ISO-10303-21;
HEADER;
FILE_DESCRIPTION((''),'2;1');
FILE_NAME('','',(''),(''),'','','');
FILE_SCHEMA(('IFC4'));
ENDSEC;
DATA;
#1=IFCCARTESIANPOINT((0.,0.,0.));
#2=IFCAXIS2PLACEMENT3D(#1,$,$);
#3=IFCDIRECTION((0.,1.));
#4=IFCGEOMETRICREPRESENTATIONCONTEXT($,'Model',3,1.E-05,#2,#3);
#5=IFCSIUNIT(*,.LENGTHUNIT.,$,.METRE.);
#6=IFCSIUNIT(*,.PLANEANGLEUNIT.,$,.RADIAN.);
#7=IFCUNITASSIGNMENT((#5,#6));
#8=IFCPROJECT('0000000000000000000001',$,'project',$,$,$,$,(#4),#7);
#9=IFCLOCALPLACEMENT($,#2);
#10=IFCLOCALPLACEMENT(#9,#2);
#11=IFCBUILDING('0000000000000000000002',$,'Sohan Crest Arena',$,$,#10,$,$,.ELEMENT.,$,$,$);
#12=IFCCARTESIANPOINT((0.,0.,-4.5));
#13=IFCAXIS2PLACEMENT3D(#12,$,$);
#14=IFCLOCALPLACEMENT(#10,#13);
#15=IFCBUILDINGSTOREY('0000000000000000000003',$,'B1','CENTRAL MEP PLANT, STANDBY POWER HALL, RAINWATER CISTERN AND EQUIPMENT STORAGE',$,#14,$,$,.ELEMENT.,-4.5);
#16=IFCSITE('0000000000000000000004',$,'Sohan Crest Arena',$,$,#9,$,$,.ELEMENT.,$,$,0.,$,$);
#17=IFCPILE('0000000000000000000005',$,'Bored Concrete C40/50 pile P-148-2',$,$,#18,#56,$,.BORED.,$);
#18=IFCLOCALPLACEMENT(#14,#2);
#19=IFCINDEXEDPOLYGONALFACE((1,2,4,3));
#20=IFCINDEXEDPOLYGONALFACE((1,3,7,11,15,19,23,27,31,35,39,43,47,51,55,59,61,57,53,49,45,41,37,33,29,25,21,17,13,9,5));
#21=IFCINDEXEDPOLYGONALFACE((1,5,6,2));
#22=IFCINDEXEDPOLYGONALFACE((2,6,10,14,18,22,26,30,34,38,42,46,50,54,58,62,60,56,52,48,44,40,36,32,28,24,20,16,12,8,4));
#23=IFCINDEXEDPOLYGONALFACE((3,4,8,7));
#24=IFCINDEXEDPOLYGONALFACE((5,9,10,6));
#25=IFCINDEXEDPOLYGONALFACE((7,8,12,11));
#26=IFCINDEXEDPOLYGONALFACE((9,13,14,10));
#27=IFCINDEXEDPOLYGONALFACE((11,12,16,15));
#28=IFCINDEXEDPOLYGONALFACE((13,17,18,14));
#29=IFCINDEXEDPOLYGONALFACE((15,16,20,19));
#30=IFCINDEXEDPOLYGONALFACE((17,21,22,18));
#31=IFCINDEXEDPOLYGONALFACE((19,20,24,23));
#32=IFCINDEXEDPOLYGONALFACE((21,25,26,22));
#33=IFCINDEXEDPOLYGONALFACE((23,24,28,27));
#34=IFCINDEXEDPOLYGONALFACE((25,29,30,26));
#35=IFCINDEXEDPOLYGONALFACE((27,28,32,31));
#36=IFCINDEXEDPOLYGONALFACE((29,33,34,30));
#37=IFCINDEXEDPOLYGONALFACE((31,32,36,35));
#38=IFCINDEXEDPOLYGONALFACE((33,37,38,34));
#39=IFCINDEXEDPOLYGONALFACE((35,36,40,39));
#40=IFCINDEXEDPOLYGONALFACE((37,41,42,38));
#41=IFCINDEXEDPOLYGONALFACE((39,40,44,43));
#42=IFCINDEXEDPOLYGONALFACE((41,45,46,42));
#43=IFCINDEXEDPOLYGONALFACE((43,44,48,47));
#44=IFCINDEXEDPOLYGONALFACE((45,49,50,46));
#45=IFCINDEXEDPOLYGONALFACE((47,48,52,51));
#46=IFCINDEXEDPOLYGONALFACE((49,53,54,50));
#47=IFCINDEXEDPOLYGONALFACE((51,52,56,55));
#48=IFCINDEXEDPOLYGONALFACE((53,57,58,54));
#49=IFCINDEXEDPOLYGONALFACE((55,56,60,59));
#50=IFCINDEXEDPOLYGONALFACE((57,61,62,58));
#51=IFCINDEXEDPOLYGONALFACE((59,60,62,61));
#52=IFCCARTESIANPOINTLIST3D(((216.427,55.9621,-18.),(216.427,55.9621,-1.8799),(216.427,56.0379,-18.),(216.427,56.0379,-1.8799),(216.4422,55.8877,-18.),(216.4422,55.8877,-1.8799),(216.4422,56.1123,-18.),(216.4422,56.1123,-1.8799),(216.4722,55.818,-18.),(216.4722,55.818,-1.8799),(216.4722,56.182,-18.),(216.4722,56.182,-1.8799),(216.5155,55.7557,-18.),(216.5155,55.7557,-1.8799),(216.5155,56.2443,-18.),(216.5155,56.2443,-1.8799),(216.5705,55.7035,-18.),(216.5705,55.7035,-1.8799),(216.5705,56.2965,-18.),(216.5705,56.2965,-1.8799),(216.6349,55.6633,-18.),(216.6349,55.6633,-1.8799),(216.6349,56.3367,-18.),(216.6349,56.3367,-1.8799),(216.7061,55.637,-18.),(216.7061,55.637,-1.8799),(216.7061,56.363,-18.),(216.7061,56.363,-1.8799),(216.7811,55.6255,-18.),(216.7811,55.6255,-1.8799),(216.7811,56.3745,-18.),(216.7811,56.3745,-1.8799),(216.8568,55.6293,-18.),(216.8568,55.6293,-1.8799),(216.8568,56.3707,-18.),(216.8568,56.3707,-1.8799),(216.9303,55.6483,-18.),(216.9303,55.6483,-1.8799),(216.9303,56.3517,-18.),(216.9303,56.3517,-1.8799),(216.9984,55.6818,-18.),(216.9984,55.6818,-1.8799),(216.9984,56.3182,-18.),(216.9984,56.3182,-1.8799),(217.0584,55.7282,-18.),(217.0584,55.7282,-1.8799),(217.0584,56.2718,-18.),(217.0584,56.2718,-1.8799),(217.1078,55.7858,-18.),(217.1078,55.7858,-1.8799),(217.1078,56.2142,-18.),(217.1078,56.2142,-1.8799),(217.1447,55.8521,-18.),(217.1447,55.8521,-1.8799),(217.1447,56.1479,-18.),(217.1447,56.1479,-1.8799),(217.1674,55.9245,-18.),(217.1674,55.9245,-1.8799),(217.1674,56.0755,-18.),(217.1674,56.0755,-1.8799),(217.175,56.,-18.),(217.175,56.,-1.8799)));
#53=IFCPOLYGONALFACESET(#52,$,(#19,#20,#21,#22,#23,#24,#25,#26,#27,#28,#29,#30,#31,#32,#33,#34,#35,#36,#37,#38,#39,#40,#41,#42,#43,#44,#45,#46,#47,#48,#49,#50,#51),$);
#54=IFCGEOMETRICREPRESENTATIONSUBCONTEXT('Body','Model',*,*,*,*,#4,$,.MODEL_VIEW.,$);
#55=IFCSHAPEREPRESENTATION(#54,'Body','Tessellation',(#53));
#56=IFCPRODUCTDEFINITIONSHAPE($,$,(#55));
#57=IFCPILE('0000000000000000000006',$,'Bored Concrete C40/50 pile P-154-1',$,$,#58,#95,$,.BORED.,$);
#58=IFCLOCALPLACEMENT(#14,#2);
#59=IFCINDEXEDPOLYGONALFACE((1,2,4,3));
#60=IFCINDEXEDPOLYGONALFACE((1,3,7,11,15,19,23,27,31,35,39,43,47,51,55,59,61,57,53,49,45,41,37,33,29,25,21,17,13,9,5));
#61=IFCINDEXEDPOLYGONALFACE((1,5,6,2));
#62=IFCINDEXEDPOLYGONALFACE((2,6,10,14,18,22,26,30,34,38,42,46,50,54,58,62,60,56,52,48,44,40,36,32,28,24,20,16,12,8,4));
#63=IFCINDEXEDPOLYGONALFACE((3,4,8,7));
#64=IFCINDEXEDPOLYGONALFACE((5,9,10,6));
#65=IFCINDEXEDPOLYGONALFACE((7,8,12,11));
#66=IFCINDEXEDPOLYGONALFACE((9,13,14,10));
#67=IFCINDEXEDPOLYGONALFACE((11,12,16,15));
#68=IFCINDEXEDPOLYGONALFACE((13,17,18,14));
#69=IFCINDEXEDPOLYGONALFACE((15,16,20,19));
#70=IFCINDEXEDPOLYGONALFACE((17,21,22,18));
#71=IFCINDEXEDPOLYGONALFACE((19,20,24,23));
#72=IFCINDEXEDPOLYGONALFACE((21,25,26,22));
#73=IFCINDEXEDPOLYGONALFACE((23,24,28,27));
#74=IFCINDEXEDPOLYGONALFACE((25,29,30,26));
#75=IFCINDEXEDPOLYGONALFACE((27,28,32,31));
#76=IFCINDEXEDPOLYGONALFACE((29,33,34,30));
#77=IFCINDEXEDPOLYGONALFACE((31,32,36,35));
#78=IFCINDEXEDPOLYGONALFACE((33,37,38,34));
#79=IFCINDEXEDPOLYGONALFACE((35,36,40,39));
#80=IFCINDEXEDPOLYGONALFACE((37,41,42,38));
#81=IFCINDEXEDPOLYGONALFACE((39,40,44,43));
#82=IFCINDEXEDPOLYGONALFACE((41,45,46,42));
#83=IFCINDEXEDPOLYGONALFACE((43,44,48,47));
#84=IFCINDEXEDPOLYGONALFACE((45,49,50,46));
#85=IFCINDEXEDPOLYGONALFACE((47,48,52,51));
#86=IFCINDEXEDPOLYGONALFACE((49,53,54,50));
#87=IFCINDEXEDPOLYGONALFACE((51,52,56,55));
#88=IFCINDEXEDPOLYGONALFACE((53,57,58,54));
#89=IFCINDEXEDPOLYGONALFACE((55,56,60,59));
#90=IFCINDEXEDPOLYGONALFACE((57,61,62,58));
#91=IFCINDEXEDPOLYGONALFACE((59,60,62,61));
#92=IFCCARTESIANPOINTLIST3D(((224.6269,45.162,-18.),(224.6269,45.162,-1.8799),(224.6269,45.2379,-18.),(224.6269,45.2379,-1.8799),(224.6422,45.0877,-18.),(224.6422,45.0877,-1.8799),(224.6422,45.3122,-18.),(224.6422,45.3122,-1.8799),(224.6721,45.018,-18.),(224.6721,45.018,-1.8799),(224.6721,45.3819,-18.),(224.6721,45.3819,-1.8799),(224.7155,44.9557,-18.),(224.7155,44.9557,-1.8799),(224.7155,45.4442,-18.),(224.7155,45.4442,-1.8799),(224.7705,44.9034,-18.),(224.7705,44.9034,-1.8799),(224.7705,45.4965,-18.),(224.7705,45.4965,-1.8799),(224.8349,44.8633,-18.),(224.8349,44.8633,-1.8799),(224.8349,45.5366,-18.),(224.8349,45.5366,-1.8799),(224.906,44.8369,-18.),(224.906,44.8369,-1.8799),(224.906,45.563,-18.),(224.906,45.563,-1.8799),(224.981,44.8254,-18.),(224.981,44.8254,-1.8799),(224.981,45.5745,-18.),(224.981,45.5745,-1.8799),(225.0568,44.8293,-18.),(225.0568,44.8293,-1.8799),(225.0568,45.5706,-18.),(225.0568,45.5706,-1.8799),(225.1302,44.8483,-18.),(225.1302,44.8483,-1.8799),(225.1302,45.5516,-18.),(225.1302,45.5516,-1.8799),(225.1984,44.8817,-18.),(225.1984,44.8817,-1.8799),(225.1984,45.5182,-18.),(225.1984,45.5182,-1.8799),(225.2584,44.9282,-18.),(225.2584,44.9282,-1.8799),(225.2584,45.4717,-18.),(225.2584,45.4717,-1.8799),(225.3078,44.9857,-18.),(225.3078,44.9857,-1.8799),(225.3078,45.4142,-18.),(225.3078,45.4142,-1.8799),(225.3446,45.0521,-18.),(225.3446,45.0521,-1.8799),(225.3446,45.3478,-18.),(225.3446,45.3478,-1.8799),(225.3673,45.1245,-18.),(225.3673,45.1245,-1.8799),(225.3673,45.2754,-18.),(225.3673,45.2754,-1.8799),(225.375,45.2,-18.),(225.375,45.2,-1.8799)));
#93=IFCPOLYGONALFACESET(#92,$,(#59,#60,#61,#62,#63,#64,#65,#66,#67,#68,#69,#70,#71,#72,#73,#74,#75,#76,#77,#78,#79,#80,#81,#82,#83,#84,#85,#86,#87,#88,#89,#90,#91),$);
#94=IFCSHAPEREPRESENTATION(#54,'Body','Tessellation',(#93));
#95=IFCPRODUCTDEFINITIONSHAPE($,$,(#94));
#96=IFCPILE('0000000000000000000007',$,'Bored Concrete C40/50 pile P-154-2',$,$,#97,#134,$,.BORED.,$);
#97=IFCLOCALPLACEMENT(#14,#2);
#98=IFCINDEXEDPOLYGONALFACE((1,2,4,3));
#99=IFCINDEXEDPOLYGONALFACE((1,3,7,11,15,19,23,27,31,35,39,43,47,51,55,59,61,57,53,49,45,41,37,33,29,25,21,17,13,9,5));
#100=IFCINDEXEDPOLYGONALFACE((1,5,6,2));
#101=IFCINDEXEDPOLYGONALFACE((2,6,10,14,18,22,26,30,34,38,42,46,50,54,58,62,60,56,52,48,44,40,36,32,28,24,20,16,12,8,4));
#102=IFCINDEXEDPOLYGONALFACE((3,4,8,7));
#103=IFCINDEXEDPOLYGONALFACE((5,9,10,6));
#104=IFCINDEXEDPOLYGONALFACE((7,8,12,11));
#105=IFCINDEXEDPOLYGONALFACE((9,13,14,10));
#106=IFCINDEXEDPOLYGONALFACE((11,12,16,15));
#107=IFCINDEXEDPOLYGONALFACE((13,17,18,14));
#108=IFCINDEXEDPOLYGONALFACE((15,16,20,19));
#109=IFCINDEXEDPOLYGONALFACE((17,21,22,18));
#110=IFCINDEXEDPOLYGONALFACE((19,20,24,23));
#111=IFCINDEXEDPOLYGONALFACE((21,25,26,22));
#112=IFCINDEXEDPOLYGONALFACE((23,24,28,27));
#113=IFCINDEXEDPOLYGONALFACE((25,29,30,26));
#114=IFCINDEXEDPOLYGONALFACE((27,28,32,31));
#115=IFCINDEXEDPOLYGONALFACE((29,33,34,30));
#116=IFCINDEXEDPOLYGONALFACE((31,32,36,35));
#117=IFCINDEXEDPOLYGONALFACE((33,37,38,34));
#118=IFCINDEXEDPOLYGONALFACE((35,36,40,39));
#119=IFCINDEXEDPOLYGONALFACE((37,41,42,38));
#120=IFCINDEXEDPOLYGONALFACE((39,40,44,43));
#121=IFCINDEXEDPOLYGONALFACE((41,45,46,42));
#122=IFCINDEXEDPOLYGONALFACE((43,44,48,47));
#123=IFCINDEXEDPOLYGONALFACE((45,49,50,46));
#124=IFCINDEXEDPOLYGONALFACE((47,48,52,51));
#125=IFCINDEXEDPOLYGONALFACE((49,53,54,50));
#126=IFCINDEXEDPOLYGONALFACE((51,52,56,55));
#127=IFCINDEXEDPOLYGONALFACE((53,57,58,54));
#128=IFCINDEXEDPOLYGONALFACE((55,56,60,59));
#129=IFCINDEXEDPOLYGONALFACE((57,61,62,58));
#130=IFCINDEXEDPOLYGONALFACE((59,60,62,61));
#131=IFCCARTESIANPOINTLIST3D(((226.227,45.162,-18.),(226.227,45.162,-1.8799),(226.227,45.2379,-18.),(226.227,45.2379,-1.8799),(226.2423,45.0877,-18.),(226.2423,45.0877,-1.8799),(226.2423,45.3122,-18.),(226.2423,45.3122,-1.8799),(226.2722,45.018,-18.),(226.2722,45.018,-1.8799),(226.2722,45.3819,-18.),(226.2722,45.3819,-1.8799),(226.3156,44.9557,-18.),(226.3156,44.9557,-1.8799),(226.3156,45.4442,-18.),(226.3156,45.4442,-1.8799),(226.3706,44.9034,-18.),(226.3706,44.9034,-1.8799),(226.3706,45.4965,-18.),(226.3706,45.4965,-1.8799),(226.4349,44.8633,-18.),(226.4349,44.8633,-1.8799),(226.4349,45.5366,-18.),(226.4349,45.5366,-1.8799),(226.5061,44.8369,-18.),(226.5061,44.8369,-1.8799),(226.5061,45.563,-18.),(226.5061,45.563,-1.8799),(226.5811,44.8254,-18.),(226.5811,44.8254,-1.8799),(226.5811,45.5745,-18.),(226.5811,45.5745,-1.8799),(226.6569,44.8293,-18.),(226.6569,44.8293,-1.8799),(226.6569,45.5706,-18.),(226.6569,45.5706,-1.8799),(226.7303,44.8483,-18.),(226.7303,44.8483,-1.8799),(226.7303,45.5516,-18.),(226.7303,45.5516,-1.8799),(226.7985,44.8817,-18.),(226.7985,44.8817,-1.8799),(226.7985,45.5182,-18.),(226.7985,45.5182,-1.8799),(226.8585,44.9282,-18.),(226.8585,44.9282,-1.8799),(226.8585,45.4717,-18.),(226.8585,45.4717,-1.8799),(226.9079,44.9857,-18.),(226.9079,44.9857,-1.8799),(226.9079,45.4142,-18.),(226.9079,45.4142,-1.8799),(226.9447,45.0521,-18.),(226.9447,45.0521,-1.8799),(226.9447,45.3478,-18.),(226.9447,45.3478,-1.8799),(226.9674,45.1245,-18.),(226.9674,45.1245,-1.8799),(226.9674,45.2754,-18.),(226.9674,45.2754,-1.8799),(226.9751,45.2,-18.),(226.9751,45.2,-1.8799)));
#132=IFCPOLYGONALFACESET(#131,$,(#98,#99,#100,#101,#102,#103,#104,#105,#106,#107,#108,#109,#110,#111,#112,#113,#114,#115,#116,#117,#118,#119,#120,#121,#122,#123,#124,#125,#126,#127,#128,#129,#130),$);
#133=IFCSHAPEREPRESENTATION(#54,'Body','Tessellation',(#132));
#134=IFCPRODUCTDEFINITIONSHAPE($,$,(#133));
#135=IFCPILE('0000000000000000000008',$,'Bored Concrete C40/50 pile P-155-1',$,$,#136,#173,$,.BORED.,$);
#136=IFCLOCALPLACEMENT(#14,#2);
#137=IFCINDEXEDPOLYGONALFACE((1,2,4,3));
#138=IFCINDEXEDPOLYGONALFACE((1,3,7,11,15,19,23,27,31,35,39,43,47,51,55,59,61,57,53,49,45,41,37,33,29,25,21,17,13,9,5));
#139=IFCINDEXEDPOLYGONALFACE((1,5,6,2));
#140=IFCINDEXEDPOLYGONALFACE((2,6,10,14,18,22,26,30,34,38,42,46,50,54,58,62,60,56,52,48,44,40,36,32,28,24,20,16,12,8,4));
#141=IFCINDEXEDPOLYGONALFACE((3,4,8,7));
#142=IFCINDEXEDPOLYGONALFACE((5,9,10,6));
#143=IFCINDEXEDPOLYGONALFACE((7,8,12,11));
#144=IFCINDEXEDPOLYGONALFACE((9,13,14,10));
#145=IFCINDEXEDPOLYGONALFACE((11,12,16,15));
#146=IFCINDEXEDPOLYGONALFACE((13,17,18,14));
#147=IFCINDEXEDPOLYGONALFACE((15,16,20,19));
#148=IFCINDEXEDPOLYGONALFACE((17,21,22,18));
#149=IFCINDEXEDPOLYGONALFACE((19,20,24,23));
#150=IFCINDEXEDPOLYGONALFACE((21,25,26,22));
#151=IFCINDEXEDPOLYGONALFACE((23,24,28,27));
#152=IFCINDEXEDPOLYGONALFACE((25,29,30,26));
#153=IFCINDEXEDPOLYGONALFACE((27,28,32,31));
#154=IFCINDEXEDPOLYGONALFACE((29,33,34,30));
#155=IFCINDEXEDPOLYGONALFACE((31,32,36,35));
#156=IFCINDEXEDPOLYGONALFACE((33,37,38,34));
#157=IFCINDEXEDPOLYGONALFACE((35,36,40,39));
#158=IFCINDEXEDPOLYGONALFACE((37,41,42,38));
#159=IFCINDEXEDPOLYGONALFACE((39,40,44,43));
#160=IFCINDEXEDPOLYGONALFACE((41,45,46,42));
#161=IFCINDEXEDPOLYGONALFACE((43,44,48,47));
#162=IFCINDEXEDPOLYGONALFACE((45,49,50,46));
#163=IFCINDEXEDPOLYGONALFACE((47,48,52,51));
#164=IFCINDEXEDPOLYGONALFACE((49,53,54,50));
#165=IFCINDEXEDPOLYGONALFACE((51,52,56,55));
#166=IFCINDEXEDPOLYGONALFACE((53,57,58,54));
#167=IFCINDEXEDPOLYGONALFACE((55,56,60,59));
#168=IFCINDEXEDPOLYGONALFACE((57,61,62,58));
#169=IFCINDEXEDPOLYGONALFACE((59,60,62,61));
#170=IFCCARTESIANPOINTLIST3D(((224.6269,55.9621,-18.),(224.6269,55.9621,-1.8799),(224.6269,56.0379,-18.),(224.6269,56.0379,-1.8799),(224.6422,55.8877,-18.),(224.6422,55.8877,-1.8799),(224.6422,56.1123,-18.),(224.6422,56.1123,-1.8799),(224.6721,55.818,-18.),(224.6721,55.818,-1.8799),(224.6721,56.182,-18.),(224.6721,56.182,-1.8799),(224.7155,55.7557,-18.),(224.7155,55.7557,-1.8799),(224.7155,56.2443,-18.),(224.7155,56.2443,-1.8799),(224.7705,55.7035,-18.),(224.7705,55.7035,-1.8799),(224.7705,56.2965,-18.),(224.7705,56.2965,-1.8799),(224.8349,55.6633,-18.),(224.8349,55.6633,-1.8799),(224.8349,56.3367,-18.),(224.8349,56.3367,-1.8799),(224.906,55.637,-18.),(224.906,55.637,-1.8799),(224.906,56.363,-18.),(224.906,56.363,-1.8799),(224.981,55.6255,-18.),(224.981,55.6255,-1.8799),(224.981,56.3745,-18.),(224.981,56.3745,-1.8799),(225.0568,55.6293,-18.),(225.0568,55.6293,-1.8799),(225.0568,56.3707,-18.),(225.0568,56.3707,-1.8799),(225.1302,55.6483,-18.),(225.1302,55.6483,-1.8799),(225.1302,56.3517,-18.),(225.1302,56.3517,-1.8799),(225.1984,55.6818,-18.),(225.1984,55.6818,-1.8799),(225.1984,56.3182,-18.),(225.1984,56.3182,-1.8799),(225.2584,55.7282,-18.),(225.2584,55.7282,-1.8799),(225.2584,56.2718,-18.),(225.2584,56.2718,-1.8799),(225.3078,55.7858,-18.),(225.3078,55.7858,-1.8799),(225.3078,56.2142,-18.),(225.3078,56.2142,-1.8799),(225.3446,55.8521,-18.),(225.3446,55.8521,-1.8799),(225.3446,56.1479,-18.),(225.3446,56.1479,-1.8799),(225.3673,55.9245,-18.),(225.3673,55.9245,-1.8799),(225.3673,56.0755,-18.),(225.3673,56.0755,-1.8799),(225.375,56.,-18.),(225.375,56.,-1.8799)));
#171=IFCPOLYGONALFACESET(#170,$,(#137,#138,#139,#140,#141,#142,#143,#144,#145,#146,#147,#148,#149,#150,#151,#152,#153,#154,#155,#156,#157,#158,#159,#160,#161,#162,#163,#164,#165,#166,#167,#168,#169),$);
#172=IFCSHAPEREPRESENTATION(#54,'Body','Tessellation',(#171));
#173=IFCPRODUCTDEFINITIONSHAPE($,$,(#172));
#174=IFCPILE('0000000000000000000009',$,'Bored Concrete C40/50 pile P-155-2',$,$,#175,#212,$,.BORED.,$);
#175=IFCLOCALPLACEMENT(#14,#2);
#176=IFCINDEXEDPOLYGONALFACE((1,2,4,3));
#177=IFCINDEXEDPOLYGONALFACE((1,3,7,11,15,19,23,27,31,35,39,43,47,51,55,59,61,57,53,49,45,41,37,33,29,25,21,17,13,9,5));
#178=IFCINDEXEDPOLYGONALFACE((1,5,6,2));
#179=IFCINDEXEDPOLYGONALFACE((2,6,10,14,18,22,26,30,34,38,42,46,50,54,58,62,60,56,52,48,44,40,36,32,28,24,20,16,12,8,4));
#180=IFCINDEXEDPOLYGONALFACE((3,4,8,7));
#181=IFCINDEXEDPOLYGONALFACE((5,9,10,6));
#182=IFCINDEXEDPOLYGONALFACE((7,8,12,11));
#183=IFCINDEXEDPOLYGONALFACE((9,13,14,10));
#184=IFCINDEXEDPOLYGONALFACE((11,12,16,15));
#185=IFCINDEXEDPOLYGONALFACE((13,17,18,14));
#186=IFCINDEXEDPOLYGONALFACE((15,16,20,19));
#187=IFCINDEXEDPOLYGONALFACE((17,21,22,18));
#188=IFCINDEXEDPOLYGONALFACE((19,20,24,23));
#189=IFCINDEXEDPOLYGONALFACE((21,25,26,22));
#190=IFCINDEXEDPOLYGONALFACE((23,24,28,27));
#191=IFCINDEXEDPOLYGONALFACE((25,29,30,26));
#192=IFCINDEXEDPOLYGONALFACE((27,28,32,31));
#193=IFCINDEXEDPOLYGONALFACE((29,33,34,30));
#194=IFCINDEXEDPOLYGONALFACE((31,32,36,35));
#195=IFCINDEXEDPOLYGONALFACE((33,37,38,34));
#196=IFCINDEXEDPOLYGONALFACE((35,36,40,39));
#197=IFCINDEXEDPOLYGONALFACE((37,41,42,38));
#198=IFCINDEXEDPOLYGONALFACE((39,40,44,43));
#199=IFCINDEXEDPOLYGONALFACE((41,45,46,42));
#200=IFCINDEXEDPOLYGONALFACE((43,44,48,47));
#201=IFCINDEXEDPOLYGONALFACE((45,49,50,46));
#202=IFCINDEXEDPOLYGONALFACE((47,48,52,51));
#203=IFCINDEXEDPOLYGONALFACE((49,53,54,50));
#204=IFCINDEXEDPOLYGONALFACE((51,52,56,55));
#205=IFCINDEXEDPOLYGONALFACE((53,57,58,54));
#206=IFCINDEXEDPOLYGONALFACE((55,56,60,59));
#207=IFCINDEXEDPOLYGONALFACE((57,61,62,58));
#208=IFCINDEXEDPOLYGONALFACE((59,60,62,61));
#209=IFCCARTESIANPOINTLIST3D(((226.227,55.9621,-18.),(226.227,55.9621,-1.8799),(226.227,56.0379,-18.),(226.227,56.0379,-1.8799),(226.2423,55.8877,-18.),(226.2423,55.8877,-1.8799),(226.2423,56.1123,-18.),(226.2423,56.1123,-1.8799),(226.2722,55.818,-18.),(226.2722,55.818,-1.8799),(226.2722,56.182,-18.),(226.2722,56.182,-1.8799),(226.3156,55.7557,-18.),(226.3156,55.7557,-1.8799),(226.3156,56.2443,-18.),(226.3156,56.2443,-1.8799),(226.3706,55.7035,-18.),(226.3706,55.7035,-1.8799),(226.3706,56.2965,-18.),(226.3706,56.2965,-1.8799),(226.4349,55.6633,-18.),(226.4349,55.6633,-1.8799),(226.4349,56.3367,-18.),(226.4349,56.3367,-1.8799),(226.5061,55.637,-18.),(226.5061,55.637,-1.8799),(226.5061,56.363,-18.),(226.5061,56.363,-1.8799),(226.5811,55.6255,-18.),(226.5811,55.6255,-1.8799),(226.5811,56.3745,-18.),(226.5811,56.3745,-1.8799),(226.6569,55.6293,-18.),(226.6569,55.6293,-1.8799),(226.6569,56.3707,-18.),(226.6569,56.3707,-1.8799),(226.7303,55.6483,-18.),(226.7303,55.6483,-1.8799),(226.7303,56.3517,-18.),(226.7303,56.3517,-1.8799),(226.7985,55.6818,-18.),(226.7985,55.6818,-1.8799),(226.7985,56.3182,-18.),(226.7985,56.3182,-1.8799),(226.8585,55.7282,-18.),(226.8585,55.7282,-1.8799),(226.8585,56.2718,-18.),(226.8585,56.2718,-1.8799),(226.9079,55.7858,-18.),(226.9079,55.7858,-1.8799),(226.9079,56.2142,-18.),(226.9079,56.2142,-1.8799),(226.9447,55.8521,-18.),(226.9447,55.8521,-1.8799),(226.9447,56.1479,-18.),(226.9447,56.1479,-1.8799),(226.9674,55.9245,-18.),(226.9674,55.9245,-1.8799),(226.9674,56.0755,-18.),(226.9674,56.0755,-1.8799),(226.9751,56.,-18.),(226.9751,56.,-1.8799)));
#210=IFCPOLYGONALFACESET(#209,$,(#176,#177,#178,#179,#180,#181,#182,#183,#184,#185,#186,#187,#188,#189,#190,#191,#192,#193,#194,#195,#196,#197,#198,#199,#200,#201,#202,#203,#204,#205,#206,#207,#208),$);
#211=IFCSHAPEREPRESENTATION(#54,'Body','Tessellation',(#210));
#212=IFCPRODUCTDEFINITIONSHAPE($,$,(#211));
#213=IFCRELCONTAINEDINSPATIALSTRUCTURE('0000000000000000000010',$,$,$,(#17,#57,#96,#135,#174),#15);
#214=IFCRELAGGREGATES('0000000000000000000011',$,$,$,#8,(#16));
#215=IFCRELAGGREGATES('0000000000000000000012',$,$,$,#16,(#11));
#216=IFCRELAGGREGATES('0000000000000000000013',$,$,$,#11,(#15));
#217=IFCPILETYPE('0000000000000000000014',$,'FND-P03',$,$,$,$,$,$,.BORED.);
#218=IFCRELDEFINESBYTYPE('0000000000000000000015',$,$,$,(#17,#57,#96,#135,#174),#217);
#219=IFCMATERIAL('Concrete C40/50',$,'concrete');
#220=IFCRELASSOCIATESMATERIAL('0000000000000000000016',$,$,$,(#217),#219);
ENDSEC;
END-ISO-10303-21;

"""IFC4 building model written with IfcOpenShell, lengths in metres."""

from ifc_helpers import new_model, si_unit, direction, frame, origin, origin_2d, place, context, subcontext, project, spatial, circle, extrude, material, material_profile, profile_set, type_object, element, save


model = new_model("IFC4")

# Units and contexts
model_context = context("Model", 3, precision=1e-05, world=origin(), true_north=direction((0.0, 1.0)))
body_context = subcontext(model_context, "Body", "Model", "MODEL_VIEW")
ifc_project = project(units=[si_unit("LENGTHUNIT", "METRE"), si_unit("PLANEANGLEUNIT", "RADIAN")], contexts=[model_context])

# Site, building, storey
site_placement = place(None, origin())
site = spatial("IfcSite", under=ifc_project, at=site_placement, Name="Sohan Crest Arena", CompositionType="ELEMENT", RefElevation=0.0)
building_placement = place(site_placement, origin())
building = spatial("IfcBuilding", under=site, at=building_placement, Name="Sohan Crest Arena", CompositionType="ELEMENT")
storey_placement = place(building_placement, frame((0.0, 0.0, -4.5)))
storey = spatial("IfcBuildingStorey", under=building, at=storey_placement, Name="B1", Description="CENTRAL MEP PLANT, STANDBY POWER HALL, RAINWATER CISTERN AND EQUIPMENT STORAGE", CompositionType="ELEMENT", Elevation=-4.5)

# Shared definitions
ifc_material = material(Name="Concrete C40/50", Category="concrete")

# Piles
ifc_material_profile_1 = material_profile(ifc_material, circle(Radius=0.375, at=origin_2d()), Name="PILE D750")
ifc_profile_set_1 = profile_set([ifc_material_profile_1], Name="Concrete C40/50")
pile_type = type_object("IfcPileType", Name="FND-P03", PredefinedType="BORED", material=ifc_profile_set_1)
for number, where, z_axis, x_axis, name in (
    (1, (216.8, 56.0, -18.0), (0.0, 0.0, 1.0), (1.0, 0.0, 0.0), "Bored Concrete C40/50 pile P-148-2"),
    (2, (225.0, 45.2, -18.0), (0.0, 0.0, 1.0), (1.0, 0.0, 0.0), "Bored Concrete C40/50 pile P-154-1"),
    (3, (226.6001, 45.2, -18.0), (0.0, 0.0, 1.0), (1.0, 0.0, 0.0), "Bored Concrete C40/50 pile P-154-2"),
    (4, (225.0, 56.0, -18.0), (0.0, 0.0, 1.0), (1.0, 0.0, 0.0), "Bored Concrete C40/50 pile P-155-1"),
    (5, (226.6001, 56.0, -18.0), (0.0, 0.0, 1.0), (1.0, 0.0, 0.0), "Bored Concrete C40/50 pile P-155-2"),
):
    element("IfcPile", number, at=place(storey_placement, frame(where, z_axis=z_axis, x_axis=x_axis)), inside=storey, type_object=pile_type, Name=name, PredefinedType="BORED", context=body_context, shape_type="SweptSolid", body=[
        extrude(circle(Radius=0.375, at=origin_2d()), origin(), (0.0, 0.0, 1.0), 16.1201),
    ])

save(model, "model.ifc")
